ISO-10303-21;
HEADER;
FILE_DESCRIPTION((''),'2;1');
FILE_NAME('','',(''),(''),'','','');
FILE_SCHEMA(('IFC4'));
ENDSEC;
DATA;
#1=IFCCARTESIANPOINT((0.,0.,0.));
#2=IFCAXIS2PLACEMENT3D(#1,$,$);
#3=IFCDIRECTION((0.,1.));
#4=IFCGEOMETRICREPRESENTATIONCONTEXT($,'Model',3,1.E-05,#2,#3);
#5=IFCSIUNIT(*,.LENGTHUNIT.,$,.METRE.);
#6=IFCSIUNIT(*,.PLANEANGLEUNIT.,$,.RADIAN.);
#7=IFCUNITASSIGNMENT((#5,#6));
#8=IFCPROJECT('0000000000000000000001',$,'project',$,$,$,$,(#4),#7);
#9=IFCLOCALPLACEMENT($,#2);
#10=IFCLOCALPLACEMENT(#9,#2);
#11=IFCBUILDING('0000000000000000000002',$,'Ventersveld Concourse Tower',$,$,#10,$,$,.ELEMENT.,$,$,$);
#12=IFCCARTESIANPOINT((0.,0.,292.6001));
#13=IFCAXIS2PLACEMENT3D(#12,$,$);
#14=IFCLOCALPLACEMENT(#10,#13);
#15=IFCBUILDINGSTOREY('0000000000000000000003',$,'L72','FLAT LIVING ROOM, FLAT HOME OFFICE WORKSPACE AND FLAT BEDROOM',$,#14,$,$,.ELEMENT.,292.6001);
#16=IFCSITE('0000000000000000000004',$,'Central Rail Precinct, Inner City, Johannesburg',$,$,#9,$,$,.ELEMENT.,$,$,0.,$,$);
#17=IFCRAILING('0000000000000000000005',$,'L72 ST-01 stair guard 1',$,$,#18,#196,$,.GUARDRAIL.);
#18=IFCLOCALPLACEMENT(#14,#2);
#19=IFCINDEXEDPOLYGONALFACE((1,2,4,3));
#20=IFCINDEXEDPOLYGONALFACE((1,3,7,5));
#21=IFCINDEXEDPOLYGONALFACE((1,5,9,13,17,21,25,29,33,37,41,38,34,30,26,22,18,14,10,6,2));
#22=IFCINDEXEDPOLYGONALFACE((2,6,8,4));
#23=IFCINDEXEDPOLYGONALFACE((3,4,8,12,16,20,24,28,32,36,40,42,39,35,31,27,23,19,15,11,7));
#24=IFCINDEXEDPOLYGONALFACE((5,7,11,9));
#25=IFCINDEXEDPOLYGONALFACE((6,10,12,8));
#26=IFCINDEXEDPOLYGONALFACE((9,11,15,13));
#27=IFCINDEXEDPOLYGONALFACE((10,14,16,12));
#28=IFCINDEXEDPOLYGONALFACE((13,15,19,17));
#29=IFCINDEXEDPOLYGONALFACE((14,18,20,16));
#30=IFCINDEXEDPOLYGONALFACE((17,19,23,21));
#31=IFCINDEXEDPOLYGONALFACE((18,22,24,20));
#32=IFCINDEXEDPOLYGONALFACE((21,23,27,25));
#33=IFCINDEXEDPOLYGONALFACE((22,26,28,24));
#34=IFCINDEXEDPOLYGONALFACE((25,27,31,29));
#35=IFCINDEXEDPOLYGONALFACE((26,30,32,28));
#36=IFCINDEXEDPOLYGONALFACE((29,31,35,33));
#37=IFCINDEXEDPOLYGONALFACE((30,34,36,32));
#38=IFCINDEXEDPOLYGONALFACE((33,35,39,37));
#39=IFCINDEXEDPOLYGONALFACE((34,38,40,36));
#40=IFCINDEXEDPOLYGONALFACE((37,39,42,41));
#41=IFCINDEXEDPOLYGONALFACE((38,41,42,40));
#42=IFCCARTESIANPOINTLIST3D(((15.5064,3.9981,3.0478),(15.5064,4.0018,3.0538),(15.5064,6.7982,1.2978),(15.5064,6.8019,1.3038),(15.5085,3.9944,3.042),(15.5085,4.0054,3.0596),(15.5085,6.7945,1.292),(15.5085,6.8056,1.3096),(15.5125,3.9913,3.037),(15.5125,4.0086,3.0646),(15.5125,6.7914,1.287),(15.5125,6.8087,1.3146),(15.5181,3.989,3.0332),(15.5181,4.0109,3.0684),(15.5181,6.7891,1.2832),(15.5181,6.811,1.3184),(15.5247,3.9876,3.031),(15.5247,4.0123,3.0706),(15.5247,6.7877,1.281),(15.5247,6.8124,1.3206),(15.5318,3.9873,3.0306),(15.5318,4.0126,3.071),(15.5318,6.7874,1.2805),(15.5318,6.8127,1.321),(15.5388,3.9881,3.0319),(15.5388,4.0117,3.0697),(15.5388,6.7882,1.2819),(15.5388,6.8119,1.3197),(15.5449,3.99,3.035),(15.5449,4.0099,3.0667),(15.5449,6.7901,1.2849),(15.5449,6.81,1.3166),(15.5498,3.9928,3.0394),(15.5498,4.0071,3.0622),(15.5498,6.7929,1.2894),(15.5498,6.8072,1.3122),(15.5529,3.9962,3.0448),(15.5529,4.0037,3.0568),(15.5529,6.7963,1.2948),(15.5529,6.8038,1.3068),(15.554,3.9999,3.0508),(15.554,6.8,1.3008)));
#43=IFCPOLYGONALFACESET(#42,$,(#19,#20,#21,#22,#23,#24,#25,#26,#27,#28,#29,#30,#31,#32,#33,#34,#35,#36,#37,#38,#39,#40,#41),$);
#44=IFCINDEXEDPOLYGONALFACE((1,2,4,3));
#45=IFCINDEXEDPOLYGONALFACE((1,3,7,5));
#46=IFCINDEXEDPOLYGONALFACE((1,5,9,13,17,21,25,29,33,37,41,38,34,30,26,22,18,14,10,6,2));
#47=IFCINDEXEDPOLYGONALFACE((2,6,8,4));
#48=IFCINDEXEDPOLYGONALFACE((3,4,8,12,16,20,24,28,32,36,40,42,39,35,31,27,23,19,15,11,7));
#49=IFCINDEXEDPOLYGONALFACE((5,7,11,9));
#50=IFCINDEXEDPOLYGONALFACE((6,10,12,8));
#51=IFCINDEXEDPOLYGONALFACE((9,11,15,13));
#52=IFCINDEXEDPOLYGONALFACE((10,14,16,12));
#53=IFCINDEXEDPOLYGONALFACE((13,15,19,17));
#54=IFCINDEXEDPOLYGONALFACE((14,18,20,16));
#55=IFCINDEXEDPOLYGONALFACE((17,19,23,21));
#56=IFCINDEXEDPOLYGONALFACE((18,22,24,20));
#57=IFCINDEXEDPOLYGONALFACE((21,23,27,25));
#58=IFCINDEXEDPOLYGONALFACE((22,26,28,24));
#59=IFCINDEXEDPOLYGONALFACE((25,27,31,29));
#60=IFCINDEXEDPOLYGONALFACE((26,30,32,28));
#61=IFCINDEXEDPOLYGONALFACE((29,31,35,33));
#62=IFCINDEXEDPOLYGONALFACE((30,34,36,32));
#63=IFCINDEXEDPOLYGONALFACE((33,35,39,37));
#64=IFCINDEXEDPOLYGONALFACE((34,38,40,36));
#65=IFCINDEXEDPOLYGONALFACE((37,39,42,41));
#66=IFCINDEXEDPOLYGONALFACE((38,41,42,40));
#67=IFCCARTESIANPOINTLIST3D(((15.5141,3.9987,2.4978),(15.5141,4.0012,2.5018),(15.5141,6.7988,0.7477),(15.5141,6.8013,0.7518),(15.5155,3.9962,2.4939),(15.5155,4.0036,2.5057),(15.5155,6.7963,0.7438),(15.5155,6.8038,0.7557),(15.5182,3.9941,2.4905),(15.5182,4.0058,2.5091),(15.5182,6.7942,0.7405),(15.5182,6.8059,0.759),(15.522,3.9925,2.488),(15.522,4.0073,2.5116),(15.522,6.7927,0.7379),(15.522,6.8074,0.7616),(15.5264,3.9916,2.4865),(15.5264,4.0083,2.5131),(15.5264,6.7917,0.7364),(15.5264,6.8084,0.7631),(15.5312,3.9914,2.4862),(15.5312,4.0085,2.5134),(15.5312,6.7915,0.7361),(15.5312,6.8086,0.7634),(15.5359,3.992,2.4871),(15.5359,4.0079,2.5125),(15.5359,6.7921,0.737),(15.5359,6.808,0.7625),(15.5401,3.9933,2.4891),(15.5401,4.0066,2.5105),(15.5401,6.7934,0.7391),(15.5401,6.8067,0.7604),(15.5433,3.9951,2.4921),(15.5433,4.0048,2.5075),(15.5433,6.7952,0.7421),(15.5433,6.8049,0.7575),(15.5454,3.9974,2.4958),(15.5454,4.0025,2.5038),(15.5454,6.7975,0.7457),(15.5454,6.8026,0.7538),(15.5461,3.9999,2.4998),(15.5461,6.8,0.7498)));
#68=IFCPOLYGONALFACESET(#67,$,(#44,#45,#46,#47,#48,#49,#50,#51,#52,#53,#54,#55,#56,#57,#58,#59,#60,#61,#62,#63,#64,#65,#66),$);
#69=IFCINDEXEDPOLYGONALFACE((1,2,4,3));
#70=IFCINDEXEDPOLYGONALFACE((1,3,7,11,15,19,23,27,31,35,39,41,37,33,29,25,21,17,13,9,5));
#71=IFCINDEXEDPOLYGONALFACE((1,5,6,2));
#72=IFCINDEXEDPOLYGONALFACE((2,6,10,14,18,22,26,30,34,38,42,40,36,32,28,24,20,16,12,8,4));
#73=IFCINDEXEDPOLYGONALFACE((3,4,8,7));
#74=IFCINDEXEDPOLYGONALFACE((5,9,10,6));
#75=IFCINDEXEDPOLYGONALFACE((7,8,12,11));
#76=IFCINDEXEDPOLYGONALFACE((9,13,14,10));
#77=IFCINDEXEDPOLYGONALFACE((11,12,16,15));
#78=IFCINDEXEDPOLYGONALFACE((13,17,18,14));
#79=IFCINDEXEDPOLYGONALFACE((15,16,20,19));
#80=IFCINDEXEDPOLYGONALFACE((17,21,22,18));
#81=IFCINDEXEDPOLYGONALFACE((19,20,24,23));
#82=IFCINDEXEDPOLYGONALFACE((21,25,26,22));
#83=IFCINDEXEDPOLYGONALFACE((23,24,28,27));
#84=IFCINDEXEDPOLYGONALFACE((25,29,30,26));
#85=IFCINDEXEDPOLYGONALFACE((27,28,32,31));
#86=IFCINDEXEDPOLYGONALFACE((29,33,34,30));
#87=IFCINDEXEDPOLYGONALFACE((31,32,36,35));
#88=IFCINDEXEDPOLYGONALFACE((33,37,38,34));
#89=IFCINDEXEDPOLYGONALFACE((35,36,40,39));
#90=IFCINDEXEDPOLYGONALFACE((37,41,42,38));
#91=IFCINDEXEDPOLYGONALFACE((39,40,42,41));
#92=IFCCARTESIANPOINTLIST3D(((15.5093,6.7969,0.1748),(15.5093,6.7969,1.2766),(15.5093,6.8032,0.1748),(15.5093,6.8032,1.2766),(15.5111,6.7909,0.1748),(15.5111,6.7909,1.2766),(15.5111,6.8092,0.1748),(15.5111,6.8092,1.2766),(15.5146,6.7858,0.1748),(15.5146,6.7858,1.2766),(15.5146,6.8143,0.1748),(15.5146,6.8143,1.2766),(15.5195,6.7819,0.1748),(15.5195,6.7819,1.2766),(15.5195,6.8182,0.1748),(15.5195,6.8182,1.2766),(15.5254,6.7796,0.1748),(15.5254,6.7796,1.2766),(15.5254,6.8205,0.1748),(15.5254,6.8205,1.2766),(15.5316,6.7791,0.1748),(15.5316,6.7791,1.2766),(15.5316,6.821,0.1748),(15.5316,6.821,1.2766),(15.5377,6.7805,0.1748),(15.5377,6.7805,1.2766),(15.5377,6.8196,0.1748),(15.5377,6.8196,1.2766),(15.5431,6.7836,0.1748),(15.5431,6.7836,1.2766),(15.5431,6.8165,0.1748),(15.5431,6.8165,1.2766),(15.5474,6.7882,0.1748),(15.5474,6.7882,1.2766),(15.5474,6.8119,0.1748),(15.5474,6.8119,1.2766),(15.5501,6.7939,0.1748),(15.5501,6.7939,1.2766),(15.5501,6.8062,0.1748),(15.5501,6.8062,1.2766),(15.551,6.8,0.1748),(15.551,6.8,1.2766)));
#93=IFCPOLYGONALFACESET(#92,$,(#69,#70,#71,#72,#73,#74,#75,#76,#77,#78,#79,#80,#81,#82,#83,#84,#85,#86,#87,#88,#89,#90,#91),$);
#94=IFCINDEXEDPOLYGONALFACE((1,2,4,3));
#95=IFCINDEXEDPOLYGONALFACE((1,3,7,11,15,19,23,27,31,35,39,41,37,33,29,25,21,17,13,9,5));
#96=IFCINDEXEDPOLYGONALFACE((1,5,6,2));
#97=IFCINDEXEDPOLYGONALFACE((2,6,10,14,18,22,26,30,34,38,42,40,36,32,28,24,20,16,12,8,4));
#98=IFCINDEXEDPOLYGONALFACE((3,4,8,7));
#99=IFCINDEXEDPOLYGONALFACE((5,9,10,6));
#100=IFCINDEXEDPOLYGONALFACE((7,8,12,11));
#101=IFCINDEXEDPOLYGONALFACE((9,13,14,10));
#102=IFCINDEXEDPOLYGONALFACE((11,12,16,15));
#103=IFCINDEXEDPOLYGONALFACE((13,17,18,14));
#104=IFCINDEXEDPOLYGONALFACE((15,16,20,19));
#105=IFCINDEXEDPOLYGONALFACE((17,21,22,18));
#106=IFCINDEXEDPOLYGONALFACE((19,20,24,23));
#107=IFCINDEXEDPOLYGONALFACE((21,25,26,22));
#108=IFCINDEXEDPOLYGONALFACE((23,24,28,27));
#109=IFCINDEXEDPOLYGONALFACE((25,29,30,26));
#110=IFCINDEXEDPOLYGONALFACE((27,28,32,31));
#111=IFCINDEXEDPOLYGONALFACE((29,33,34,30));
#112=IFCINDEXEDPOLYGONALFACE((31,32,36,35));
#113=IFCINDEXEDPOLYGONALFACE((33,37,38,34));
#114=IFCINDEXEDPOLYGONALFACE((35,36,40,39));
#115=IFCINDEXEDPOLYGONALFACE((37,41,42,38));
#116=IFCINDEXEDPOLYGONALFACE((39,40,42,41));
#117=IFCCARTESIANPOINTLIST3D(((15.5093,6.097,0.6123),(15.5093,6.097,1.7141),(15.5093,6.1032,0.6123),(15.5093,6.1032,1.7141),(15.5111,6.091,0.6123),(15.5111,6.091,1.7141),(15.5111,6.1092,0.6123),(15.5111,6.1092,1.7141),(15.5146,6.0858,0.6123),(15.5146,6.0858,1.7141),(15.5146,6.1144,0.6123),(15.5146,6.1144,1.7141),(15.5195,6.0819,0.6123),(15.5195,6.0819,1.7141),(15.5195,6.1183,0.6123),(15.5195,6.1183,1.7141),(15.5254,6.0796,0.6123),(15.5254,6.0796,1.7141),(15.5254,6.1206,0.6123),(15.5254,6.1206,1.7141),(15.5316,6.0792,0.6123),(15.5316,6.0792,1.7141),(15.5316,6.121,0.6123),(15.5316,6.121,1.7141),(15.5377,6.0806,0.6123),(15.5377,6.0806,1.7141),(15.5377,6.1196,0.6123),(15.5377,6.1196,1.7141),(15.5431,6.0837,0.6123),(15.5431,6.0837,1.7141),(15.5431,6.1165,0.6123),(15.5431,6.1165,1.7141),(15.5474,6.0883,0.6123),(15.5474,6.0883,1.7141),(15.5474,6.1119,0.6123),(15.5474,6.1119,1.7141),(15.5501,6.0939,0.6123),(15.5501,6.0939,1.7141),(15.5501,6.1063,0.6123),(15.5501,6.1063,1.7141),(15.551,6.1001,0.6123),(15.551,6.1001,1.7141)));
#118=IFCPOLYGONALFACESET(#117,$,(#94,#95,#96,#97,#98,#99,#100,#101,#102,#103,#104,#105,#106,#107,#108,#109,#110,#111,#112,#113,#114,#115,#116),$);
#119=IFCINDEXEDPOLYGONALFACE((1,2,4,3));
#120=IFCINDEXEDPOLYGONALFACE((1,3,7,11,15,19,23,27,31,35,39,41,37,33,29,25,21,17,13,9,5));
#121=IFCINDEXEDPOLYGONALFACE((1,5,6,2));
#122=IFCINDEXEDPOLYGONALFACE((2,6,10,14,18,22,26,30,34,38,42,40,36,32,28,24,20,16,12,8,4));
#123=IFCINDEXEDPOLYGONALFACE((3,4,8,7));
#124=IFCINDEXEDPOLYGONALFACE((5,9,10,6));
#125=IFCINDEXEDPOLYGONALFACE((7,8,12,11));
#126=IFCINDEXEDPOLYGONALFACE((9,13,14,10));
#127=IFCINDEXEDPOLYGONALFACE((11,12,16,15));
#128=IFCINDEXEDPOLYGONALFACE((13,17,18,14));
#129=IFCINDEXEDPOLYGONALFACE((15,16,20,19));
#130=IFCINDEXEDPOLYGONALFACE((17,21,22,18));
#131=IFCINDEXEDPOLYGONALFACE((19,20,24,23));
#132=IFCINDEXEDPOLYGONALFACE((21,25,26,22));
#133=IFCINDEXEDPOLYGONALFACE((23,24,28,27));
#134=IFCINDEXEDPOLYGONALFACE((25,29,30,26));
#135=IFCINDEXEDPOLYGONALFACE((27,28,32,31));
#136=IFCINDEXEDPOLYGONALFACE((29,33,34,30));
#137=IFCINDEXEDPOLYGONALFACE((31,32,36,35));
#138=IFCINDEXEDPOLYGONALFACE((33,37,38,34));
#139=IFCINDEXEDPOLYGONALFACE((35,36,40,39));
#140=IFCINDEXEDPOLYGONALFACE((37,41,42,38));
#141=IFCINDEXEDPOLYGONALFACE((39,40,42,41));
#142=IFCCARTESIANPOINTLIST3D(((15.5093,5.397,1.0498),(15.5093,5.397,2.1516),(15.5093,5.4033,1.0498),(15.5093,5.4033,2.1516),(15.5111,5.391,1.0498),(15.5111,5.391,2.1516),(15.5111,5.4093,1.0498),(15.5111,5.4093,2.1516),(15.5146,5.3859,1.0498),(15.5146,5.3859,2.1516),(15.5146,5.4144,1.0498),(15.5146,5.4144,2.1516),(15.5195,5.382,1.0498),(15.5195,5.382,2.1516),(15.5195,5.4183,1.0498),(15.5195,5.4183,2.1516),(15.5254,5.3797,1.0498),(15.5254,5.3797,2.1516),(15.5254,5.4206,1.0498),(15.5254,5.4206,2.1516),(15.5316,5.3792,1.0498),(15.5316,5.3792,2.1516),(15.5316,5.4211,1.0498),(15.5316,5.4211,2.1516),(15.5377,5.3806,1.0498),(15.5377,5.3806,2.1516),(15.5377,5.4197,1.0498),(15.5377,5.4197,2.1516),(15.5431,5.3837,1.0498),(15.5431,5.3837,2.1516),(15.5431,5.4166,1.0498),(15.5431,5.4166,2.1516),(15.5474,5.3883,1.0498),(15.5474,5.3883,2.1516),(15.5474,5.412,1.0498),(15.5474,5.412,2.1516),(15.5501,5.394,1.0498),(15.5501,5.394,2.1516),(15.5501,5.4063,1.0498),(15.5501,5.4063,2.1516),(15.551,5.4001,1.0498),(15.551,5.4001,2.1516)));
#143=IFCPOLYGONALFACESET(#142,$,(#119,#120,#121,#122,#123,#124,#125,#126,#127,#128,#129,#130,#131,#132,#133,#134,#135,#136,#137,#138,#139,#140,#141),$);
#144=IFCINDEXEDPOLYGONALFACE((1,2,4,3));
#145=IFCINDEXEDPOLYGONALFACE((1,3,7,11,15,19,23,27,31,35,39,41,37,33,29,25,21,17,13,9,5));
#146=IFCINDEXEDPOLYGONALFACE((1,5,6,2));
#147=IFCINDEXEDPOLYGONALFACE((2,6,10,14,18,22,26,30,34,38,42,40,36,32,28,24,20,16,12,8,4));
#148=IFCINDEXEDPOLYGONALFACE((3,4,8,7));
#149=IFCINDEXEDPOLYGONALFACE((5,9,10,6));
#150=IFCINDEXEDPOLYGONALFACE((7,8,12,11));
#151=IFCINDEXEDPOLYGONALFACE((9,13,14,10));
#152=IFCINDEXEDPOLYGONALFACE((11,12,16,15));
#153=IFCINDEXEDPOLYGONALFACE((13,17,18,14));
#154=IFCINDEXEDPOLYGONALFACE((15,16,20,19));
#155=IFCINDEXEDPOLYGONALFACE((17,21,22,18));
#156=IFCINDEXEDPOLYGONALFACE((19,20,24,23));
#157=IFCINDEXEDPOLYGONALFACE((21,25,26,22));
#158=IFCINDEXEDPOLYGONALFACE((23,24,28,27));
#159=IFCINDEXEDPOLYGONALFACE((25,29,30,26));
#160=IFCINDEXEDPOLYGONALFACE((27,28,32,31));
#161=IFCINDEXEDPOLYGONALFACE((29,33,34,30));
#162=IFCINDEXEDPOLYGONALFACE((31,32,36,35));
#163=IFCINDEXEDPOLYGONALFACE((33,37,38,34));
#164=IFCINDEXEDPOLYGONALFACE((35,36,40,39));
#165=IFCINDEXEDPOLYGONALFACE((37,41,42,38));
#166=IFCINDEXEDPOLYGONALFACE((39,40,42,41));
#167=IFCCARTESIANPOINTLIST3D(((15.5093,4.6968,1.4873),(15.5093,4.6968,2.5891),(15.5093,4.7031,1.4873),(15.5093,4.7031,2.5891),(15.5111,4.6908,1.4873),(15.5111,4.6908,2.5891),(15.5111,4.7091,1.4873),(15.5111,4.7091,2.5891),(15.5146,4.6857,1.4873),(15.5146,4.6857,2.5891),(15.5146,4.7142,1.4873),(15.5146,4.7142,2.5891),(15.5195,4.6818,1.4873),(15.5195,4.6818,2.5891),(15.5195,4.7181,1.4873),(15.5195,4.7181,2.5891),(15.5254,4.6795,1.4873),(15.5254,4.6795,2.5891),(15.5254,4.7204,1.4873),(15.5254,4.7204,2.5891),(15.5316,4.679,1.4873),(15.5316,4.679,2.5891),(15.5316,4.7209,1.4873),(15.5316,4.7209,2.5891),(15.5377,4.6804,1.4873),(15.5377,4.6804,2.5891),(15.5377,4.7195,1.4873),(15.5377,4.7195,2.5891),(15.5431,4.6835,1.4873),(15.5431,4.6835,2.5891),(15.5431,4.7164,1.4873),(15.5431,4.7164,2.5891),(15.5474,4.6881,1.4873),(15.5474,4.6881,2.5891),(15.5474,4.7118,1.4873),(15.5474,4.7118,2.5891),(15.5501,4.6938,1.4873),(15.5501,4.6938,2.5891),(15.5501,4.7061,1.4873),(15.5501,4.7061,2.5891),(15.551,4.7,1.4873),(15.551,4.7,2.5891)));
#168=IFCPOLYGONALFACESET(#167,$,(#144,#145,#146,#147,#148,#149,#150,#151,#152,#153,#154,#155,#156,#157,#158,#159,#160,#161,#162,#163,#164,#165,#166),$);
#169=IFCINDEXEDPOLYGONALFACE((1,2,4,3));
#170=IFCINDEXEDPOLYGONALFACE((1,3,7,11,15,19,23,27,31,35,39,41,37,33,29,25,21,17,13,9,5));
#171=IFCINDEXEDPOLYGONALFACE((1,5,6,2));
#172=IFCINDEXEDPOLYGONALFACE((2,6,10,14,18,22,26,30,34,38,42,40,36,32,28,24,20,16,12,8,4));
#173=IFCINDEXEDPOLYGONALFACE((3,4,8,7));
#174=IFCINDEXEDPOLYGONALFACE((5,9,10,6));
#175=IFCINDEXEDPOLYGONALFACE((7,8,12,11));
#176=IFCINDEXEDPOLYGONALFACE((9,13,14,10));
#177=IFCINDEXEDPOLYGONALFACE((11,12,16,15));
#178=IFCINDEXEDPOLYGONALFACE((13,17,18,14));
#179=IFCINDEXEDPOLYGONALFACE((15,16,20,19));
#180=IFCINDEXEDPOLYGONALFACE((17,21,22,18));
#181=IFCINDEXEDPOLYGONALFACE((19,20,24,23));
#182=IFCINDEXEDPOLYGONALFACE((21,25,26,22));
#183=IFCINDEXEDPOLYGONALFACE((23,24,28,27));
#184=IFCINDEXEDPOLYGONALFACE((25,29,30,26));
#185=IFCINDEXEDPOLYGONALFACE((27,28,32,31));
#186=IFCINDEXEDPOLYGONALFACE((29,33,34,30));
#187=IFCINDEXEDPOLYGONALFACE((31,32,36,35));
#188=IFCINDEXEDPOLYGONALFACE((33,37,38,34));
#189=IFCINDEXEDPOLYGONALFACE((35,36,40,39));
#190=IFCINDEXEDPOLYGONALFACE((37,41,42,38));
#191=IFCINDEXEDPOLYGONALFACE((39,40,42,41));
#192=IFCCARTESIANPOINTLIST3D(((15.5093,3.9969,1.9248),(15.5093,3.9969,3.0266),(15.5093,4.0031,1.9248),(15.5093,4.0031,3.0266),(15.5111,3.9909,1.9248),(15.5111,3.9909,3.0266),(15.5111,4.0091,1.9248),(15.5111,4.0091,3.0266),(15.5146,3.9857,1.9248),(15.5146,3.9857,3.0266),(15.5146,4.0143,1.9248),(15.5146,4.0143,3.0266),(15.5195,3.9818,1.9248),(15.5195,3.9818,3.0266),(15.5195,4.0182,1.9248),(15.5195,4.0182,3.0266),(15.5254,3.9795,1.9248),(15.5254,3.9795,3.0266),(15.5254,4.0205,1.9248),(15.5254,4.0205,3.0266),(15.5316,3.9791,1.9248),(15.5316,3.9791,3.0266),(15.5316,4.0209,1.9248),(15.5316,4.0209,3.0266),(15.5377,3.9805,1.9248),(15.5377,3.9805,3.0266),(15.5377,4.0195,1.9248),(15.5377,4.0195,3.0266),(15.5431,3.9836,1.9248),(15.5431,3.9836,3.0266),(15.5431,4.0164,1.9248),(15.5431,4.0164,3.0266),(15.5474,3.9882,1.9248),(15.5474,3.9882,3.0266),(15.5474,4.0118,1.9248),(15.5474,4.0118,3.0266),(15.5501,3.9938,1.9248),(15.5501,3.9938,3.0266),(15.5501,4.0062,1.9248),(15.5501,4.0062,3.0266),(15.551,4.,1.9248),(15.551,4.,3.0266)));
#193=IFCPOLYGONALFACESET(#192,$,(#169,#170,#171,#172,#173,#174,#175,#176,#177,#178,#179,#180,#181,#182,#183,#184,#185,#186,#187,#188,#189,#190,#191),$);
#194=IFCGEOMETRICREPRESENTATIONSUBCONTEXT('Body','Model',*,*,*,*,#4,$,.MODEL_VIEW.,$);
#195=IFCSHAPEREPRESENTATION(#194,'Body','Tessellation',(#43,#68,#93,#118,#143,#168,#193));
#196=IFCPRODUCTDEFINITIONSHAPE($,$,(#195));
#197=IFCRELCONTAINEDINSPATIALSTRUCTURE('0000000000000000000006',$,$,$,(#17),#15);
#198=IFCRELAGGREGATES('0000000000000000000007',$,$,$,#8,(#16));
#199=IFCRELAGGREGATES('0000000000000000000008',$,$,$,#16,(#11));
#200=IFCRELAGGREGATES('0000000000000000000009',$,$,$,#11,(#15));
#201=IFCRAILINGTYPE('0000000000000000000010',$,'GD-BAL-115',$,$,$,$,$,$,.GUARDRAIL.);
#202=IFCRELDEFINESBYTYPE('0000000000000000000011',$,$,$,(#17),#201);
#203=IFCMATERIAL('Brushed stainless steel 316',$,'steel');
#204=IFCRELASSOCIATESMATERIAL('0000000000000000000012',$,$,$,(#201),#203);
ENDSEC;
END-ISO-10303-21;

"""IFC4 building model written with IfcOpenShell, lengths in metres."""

from ifc_helpers import new_model, si_unit, direction, frame, origin, origin_2d, place, context, subcontext, project, spatial, circle, extrude, material, type_object, element, save


model = new_model("IFC4")

# Units and contexts
model_context = context("Model", 3, precision=1e-05, world=origin(), true_north=direction((0.0, 1.0)))
body_context = subcontext(model_context, "Body", "Model", "MODEL_VIEW")
ifc_project = project(units=[si_unit("LENGTHUNIT", "METRE"), si_unit("PLANEANGLEUNIT", "RADIAN")], contexts=[model_context])

# Site, building, storey
site_placement = place(None, origin())
site = spatial("IfcSite", under=ifc_project, at=site_placement, Name="Central Rail Precinct, Inner City, Johannesburg", CompositionType="ELEMENT", RefElevation=0.0)
building_placement = place(site_placement, origin())
building = spatial("IfcBuilding", under=site, at=building_placement, Name="Ventersveld Concourse Tower", CompositionType="ELEMENT")
storey_placement = place(building_placement, frame((0.0, 0.0, 292.6001)))
storey = spatial("IfcBuildingStorey", under=building, at=storey_placement, Name="L72", Description="FLAT LIVING ROOM, FLAT HOME OFFICE WORKSPACE AND FLAT BEDROOM", CompositionType="ELEMENT", Elevation=292.6001)

# Railing
ifc_material_1 = material(Name="Brushed stainless steel 316", Category="steel")
railing_type_1 = type_object("IfcRailingType", Name="GD-BAL-115", PredefinedType="GUARDRAIL", material=ifc_material_1)
railing_1_placement = place(storey_placement, frame((15.53, 6.8, 0.1748)))
element("IfcRailing", 1, at=railing_1_placement, inside=storey, type_object=railing_type_1, Name="L72 ST-01 stair guard 1", PredefinedType="GUARDRAIL", context=body_context, shape_type="SweptSolid", body=[
    extrude(circle(Radius=0.0239, at=origin_2d()), frame((0.0, 0.0, 1.126), z_axis=(0.0, -0.848002, 0.529992), x_axis=(1.0, 0.0, 0.0)), (0.0, 0.0, 1.0), 3.302),
    extrude(circle(Radius=0.0161, at=origin_2d()), frame((0.0, 0.0, 0.575), z_axis=(0.0, -0.848002, 0.529992), x_axis=(1.0, 0.0, 0.0)), (0.0, 0.0, 1.0), 3.302),
    extrude(circle(Radius=0.021, at=origin_2d()), origin(), (0.0, 0.0, 1.0), 1.1018),
    extrude(circle(Radius=0.021, at=origin_2d()), frame((0.0, -0.7, 0.4375)), (0.0, 0.0, 1.0), 1.1018),
    extrude(circle(Radius=0.021, at=origin_2d()), frame((0.0, -1.3999, 0.875)), (0.0, 0.0, 1.0), 1.1018),
    extrude(circle(Radius=0.021, at=origin_2d()), frame((0.0, -2.1001, 1.3125)), (0.0, 0.0, 1.0), 1.1018),
    extrude(circle(Radius=0.021, at=origin_2d()), frame((0.0, -2.8, 1.75)), (0.0, 0.0, 1.0), 1.1018),
])

save(model, "model.ifc")
